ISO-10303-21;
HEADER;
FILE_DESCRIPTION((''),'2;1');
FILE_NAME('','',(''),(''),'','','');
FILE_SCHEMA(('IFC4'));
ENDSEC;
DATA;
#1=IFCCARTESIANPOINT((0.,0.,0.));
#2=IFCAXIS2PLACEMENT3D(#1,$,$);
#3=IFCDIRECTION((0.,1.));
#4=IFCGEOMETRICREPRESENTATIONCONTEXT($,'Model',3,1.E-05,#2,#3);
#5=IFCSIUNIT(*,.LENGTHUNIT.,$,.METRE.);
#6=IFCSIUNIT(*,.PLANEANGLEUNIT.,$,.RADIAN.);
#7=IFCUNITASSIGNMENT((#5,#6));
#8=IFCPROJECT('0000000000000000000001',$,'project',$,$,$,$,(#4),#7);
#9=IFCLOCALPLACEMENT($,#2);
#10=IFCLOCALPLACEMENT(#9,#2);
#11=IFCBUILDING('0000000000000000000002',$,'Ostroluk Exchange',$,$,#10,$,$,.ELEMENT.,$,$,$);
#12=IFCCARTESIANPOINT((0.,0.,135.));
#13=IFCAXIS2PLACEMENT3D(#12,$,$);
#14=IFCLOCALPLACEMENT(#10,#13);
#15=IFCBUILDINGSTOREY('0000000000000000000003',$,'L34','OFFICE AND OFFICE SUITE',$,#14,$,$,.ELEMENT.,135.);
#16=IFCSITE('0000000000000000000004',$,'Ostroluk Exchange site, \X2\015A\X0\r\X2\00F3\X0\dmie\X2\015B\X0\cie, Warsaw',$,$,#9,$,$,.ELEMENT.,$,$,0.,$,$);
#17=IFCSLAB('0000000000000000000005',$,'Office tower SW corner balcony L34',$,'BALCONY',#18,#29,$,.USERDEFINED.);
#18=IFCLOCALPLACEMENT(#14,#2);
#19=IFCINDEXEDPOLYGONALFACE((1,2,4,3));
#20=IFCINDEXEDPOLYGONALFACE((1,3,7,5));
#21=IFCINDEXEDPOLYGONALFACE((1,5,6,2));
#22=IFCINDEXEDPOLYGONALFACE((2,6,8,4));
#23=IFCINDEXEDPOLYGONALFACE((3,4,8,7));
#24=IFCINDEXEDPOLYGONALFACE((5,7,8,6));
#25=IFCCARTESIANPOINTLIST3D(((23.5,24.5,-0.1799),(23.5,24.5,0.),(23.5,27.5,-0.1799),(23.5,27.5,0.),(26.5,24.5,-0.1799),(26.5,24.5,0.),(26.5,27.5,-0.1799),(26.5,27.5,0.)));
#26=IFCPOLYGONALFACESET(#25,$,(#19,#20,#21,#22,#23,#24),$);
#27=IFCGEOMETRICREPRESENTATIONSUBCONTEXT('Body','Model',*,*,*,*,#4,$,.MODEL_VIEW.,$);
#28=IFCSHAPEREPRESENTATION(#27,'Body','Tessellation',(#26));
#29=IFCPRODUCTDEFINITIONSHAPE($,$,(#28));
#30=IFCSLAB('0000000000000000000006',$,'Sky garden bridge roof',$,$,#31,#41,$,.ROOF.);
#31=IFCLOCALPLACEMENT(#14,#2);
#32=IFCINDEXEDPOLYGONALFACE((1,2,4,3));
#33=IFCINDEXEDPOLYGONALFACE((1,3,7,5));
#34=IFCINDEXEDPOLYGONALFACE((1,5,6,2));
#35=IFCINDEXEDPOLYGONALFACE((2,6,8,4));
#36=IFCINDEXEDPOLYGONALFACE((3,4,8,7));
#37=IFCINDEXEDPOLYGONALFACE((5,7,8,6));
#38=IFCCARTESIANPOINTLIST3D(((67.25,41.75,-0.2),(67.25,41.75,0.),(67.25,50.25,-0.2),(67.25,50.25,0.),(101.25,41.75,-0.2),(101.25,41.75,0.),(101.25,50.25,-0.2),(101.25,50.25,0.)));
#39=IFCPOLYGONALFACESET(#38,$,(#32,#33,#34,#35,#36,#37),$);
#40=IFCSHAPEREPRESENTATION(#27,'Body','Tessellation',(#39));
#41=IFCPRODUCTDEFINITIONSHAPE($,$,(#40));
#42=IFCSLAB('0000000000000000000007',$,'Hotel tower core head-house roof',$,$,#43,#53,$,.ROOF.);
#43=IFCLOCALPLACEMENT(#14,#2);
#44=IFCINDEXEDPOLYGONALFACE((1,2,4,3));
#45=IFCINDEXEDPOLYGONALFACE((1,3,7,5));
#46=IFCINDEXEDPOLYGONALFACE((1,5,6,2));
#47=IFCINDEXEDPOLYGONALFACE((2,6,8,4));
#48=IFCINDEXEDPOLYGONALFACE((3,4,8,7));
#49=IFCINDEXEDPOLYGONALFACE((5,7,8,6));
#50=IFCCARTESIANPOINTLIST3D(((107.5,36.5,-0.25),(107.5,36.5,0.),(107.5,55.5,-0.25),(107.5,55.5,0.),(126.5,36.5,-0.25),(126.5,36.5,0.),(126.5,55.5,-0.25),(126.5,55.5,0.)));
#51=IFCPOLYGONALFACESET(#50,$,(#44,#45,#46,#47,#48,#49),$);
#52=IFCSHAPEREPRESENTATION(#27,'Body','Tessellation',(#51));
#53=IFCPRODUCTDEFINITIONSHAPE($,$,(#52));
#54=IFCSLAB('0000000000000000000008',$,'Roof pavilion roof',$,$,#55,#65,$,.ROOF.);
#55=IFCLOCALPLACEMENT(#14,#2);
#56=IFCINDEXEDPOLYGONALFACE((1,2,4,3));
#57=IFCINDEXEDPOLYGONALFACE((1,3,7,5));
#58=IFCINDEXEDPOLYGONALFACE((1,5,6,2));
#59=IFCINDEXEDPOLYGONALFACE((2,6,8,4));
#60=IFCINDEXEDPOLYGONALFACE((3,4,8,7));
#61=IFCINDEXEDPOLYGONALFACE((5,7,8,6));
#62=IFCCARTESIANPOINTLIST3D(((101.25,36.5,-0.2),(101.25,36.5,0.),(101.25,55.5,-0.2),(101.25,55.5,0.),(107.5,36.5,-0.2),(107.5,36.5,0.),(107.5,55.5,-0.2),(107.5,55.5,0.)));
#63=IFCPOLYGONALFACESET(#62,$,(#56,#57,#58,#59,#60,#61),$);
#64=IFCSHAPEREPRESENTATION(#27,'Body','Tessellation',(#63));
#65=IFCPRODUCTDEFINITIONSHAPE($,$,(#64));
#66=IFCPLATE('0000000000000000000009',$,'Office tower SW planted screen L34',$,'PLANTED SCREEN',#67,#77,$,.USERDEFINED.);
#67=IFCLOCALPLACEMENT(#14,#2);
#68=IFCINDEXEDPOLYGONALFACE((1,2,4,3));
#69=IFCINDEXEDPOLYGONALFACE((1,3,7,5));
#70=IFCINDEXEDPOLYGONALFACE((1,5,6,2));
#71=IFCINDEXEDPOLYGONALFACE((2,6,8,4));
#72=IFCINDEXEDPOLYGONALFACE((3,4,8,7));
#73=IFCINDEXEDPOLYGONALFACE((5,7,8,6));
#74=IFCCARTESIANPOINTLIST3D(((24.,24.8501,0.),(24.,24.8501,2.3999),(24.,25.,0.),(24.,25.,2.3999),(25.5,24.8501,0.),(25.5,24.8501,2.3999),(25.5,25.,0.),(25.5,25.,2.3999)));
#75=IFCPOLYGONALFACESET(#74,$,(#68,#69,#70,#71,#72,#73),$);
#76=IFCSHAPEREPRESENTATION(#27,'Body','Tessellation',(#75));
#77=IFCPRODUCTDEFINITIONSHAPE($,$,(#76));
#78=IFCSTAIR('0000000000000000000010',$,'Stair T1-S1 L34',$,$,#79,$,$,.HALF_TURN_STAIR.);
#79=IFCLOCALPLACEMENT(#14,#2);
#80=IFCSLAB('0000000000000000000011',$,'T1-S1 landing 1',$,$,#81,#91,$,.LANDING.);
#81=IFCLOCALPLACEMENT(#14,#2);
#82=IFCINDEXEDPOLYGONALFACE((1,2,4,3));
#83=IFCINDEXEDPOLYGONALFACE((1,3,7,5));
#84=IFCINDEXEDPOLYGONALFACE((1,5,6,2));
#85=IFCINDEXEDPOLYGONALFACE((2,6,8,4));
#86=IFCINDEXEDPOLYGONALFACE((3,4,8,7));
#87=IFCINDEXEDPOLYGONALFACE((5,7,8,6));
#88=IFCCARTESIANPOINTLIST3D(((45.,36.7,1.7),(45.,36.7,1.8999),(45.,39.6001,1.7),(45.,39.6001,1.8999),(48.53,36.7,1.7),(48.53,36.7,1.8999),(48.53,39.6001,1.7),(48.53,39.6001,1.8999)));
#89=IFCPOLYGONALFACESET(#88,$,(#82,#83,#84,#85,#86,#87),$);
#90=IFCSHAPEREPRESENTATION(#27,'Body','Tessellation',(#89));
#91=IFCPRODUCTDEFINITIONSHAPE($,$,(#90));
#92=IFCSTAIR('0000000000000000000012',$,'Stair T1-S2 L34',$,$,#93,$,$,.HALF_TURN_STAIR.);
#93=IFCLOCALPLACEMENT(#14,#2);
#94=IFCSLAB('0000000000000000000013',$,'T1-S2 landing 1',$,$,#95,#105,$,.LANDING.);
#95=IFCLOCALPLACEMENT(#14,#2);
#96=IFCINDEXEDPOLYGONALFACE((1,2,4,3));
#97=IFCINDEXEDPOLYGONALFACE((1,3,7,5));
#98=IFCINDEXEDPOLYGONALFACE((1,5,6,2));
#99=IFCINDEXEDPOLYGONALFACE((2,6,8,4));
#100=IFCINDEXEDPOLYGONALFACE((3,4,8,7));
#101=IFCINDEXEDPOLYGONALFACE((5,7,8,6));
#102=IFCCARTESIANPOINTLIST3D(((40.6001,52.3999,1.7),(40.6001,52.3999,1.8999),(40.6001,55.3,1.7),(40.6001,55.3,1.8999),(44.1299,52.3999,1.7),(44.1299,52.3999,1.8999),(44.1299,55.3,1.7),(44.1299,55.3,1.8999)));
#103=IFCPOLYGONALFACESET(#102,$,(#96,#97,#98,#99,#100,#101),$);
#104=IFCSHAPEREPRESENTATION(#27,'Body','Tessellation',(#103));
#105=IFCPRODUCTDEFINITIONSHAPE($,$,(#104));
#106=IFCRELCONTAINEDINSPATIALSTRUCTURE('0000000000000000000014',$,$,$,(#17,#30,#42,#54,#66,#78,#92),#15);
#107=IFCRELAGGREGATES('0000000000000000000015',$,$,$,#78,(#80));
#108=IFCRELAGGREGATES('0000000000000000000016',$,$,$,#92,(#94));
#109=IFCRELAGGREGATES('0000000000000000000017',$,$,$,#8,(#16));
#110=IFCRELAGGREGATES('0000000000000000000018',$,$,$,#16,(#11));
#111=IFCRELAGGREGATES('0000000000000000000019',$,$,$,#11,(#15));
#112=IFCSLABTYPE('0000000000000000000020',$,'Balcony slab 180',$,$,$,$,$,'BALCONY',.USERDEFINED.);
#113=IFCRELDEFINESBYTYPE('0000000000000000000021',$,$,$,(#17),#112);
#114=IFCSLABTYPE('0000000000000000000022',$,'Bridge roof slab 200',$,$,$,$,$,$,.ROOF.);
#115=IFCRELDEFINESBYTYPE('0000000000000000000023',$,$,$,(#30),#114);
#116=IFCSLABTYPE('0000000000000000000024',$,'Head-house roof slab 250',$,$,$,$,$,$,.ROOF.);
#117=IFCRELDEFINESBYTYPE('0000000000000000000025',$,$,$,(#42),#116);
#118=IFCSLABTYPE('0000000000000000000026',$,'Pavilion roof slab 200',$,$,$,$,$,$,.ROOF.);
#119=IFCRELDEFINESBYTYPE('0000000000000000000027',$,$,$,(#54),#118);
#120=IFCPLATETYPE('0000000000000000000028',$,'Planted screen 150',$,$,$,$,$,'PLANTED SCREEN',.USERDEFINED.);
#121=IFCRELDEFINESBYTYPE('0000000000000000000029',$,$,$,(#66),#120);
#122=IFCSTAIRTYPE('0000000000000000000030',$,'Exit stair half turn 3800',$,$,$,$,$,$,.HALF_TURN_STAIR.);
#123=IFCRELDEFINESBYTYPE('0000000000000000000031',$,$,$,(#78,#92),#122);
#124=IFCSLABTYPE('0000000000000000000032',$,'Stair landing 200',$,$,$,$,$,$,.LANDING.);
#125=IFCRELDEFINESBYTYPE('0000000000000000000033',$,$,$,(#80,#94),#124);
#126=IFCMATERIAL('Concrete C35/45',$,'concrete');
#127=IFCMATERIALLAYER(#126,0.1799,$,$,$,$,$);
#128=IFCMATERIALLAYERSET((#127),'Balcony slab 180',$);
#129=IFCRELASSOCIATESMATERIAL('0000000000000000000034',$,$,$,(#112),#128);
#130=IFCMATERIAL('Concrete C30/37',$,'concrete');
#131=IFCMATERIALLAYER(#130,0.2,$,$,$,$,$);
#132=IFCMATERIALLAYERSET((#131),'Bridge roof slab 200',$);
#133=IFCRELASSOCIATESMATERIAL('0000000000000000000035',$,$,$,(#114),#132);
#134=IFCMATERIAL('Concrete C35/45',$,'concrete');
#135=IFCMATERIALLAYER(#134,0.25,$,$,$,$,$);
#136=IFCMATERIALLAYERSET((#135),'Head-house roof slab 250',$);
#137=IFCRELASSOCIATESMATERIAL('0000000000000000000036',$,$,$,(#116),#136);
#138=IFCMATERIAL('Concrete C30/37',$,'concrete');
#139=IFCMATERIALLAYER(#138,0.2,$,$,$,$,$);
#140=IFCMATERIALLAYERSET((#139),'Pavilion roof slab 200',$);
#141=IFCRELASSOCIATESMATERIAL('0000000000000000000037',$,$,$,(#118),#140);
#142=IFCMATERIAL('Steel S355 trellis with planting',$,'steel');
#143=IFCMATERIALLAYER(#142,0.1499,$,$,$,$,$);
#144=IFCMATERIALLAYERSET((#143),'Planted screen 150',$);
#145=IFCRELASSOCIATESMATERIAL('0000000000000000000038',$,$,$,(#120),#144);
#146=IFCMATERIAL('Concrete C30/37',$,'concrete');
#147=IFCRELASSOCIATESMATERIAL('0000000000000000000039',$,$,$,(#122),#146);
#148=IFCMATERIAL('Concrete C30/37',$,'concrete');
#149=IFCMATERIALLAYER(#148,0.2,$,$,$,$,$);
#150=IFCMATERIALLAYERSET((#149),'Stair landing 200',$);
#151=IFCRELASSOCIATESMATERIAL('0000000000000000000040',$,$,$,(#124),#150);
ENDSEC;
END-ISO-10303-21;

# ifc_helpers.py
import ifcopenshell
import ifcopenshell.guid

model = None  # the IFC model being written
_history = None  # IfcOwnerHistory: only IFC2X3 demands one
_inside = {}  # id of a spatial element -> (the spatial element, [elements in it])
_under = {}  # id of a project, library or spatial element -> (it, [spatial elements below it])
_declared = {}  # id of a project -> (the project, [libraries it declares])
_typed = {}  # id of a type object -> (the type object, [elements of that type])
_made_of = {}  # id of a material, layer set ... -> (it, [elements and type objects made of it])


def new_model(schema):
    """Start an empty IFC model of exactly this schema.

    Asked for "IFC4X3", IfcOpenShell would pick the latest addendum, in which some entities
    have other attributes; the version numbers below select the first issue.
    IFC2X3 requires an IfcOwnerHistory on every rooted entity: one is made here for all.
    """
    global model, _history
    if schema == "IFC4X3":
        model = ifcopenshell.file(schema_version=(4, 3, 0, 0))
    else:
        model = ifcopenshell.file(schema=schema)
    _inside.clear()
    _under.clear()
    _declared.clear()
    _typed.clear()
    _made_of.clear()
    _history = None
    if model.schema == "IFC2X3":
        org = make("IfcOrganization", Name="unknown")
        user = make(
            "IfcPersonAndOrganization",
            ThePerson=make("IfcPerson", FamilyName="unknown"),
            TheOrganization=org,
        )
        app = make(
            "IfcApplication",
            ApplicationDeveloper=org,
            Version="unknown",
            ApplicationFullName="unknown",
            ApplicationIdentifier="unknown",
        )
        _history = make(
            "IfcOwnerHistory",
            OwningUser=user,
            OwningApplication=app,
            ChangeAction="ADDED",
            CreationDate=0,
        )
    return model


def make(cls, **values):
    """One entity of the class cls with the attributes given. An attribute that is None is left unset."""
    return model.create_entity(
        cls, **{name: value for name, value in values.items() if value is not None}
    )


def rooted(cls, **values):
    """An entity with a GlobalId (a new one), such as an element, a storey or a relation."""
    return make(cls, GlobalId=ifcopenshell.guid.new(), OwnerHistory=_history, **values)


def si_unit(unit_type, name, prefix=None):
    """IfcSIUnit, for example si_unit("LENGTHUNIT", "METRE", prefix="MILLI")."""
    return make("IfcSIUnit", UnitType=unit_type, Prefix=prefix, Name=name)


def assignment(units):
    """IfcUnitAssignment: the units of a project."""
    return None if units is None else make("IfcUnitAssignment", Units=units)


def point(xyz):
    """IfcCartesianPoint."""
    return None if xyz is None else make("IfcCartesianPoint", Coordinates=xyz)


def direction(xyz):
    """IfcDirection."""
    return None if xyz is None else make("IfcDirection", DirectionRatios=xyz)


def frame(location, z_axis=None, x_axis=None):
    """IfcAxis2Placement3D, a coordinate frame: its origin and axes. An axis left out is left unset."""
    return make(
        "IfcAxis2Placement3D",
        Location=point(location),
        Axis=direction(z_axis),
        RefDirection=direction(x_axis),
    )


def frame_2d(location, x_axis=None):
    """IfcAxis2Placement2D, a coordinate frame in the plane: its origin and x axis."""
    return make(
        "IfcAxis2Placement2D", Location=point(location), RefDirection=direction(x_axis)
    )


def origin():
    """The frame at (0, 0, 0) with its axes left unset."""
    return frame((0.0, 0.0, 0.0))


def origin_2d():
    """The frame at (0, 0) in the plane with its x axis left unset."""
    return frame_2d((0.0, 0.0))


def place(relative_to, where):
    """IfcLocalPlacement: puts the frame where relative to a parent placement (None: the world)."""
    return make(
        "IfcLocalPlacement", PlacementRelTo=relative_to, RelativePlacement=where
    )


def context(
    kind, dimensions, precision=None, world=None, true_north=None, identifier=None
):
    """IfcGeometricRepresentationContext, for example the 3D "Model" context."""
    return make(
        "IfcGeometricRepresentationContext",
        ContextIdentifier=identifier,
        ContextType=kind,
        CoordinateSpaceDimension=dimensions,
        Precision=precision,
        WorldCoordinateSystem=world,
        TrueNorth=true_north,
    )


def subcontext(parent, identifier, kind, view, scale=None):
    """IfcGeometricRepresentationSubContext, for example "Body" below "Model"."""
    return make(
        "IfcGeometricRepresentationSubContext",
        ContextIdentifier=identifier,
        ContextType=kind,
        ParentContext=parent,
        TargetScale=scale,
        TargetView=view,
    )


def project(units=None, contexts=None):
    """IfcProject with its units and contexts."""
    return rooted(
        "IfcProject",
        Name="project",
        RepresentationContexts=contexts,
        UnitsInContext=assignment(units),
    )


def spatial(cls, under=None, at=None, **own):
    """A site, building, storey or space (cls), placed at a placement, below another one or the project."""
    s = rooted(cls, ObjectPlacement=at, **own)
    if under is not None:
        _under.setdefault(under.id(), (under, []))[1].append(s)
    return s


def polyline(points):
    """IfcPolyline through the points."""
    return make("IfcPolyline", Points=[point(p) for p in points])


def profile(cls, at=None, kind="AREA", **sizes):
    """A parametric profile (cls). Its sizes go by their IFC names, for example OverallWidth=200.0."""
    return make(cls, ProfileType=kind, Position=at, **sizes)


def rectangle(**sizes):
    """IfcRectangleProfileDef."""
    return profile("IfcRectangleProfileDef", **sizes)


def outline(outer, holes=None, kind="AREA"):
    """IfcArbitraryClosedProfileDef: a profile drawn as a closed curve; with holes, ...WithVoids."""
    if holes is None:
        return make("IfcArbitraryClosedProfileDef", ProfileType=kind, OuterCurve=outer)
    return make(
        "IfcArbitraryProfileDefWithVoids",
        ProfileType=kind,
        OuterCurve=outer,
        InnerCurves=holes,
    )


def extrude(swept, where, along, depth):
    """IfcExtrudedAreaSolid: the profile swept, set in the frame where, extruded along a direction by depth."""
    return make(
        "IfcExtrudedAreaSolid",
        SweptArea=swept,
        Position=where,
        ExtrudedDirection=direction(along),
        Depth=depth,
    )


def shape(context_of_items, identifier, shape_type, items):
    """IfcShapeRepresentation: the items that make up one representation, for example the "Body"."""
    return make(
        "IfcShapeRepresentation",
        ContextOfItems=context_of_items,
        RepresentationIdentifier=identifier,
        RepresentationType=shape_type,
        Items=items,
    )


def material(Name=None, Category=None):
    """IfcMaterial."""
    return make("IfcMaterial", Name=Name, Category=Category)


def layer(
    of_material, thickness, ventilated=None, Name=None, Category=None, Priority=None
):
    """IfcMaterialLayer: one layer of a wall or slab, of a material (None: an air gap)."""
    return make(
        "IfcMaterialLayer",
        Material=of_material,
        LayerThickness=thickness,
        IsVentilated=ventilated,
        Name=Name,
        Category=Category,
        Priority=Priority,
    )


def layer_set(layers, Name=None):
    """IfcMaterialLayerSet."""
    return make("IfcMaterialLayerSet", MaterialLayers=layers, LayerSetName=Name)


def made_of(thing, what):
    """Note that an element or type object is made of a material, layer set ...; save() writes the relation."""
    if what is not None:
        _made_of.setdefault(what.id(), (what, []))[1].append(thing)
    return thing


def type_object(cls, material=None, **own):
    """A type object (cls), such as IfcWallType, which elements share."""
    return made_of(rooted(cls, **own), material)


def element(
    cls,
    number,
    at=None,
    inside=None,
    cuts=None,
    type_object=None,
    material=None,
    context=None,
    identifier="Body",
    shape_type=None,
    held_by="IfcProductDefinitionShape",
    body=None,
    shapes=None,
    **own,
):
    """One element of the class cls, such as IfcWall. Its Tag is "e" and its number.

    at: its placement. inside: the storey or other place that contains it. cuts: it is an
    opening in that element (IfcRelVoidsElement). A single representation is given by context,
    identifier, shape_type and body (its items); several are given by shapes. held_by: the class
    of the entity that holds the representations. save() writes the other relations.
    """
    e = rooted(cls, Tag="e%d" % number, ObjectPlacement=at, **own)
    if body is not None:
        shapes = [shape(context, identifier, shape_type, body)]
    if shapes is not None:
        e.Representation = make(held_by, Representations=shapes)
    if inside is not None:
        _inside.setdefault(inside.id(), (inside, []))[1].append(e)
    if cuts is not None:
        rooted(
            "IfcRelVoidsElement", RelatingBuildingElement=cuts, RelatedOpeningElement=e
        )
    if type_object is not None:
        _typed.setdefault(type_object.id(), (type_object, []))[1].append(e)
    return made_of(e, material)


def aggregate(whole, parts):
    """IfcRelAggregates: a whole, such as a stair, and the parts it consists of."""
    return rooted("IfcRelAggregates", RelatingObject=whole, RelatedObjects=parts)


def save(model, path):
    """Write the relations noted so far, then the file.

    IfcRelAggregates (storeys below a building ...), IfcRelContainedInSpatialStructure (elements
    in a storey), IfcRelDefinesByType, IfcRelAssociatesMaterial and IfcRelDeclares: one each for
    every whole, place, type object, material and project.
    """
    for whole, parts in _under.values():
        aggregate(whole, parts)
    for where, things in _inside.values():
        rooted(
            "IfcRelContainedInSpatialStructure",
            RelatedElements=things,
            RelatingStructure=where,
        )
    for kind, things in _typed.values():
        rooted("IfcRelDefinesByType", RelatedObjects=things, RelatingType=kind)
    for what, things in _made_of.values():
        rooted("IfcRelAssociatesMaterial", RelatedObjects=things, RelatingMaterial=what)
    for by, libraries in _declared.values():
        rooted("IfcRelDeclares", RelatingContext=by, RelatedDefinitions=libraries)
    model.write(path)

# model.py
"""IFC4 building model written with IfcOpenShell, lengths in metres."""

from ifc_helpers import new_model, si_unit, direction, frame, origin, origin_2d, place, context, subcontext, project, spatial, polyline, rectangle, outline, extrude, material, layer, layer_set, type_object, element, aggregate, save


model = new_model("IFC4")

# Units and contexts
model_context = context("Model", 3, precision=1e-05, world=origin(), true_north=direction((0.0, 1.0)))
body_context = subcontext(model_context, "Body", "Model", "MODEL_VIEW")
ifc_project = project(units=[si_unit("LENGTHUNIT", "METRE"), si_unit("PLANEANGLEUNIT", "RADIAN")], contexts=[model_context])

# Site, building, storey
site_placement = place(None, origin())
site = spatial("IfcSite", under=ifc_project, at=site_placement, Name="Ostroluk Exchange site, Śródmieście, Warsaw", CompositionType="ELEMENT", RefElevation=0.0)
building_placement = place(site_placement, origin())
building = spatial("IfcBuilding", under=site, at=building_placement, Name="Ostroluk Exchange", CompositionType="ELEMENT")
storey_placement = place(building_placement, frame((0.0, 0.0, 135.0)))
storey = spatial("IfcBuildingStorey", under=building, at=storey_placement, Name="L34", Description="OFFICE AND OFFICE SUITE", CompositionType="ELEMENT", Elevation=135.0)

# Slabs
ifc_material_1 = material(Name="Concrete C35/45", Category="concrete")
ifc_layer_1 = layer(ifc_material_1, 0.1799)
ifc_layer_set_1 = layer_set([ifc_layer_1], Name="Balcony slab 180")
slab_type_1 = type_object("IfcSlabType", Name="Balcony slab 180", ElementType="BALCONY", PredefinedType="USERDEFINED", material=ifc_layer_set_1)
slab_1_placement = place(storey_placement, frame((0.0, 0.0, -0.1799)))
element("IfcSlab", 1, at=slab_1_placement, inside=storey, type_object=slab_type_1, Name="Office tower SW corner balcony L34", ObjectType="BALCONY", PredefinedType="USERDEFINED", context=body_context, shape_type="SweptSolid", body=[
    extrude(outline(polyline([(23.5, 24.5), (26.5, 24.5), (26.5, 27.5), (23.5, 27.5), (23.5, 24.5)])), origin(), (0.0, 0.0, 1.0), 0.1799),
])
ifc_material_2 = material(Name="Concrete C30/37", Category="concrete")
ifc_layer_2 = layer(ifc_material_2, 0.2)
ifc_layer_set_2 = layer_set([ifc_layer_2], Name="Bridge roof slab 200")
slab_type_2 = type_object("IfcSlabType", Name="Bridge roof slab 200", PredefinedType="ROOF", material=ifc_layer_set_2)
slab_2_placement = place(storey_placement, frame((0.0, 0.0, -0.2)))
element("IfcSlab", 2, at=slab_2_placement, inside=storey, type_object=slab_type_2, Name="Sky garden bridge roof", PredefinedType="ROOF", context=body_context, shape_type="SweptSolid", body=[
    extrude(outline(polyline([(67.25, 41.75), (101.25, 41.75), (101.25, 50.25), (67.25, 50.25), (67.25, 41.75)])), origin(), (0.0, 0.0, 1.0), 0.2),
])
ifc_material_3 = material(Name="Concrete C35/45", Category="concrete")
ifc_layer_3 = layer(ifc_material_3, 0.25)
ifc_layer_set_3 = layer_set([ifc_layer_3], Name="Head-house roof slab 250")
slab_type_3 = type_object("IfcSlabType", Name="Head-house roof slab 250", PredefinedType="ROOF", material=ifc_layer_set_3)
slab_3_placement = place(storey_placement, frame((0.0, 0.0, -0.25)))
element("IfcSlab", 3, at=slab_3_placement, inside=storey, type_object=slab_type_3, Name="Hotel tower core head-house roof", PredefinedType="ROOF", context=body_context, shape_type="SweptSolid", body=[
    extrude(outline(polyline([(107.5, 36.5), (126.5, 36.5), (126.5, 55.5), (107.5, 55.5), (107.5, 36.5)])), origin(), (0.0, 0.0, 1.0), 0.25),
])
ifc_material_4 = material(Name="Concrete C30/37", Category="concrete")
ifc_layer_4 = layer(ifc_material_4, 0.2)
ifc_layer_set_4 = layer_set([ifc_layer_4], Name="Pavilion roof slab 200")
slab_type_4 = type_object("IfcSlabType", Name="Pavilion roof slab 200", PredefinedType="ROOF", material=ifc_layer_set_4)
slab_4_placement = place(storey_placement, frame((0.0, 0.0, -0.2)))
element("IfcSlab", 4, at=slab_4_placement, inside=storey, type_object=slab_type_4, Name="Roof pavilion roof", PredefinedType="ROOF", context=body_context, shape_type="SweptSolid", body=[
    extrude(outline(polyline([(101.25, 36.5), (107.5, 36.5), (107.5, 55.5), (101.25, 55.5), (101.25, 36.5)])), origin(), (0.0, 0.0, 1.0), 0.2),
])

# Plate
ifc_material_5 = material(Name="Steel S355 trellis with planting", Category="steel")
ifc_layer_5 = layer(ifc_material_5, 0.1499)
ifc_layer_set_5 = layer_set([ifc_layer_5], Name="Planted screen 150")
plate_type = type_object("IfcPlateType", Name="Planted screen 150", ElementType="PLANTED SCREEN", PredefinedType="USERDEFINED", material=ifc_layer_set_5)
plate_placement = place(storey_placement, frame((24.75, 24.925, 0.0), z_axis=(0.0, 0.0, 1.0), x_axis=(1.0, 0.0, 0.0)))
element("IfcPlate", 5, at=plate_placement, inside=storey, type_object=plate_type, Name="Office tower SW planted screen L34", ObjectType="PLANTED SCREEN", PredefinedType="USERDEFINED", context=body_context, shape_type="SweptSolid", body=[
    extrude(rectangle(XDim=1.5, YDim=0.1499, at=origin_2d()), origin(), (0.0, 0.0, 1.0), 2.3999),
])

# Stairs, slabs
ifc_material_6 = material(Name="Concrete C30/37", Category="concrete")
stair_type = type_object("IfcStairType", Name="Exit stair half turn 3800", PredefinedType="HALF_TURN_STAIR", material=ifc_material_6)
stair_1_placement = place(storey_placement, origin())
stair_1 = element("IfcStair", 6, at=stair_1_placement, inside=storey, type_object=stair_type, Name="Stair T1-S1 L34", PredefinedType="HALF_TURN_STAIR")
ifc_material_7 = material(Name="Concrete C30/37", Category="concrete")
ifc_layer_6 = layer(ifc_material_7, 0.2)
ifc_layer_set_6 = layer_set([ifc_layer_6], Name="Stair landing 200")
slab_type_5 = type_object("IfcSlabType", Name="Stair landing 200", PredefinedType="LANDING", material=ifc_layer_set_6)
slab_5_placement = place(storey_placement, frame((0.0, 0.0, 1.7)))
slab_5 = element("IfcSlab", 7, at=slab_5_placement, type_object=slab_type_5, Name="T1-S1 landing 1", PredefinedType="LANDING", context=body_context, shape_type="SweptSolid", body=[
    extrude(outline(polyline([(45.0, 36.7), (45.0, 39.6001), (48.53, 39.6001), (48.53, 36.7), (45.0, 36.7)])), origin(), (0.0, 0.0, 1.0), 0.2),
])
aggregate(stair_1, [slab_5])
stair_2_placement = place(storey_placement, origin())
stair_2 = element("IfcStair", 8, at=stair_2_placement, inside=storey, type_object=stair_type, Name="Stair T1-S2 L34", PredefinedType="HALF_TURN_STAIR")
slab_6_placement = place(storey_placement, frame((0.0, 0.0, 1.7)))
slab_6 = element("IfcSlab", 9, at=slab_6_placement, type_object=slab_type_5, Name="T1-S2 landing 1", PredefinedType="LANDING", context=body_context, shape_type="SweptSolid", body=[
    extrude(outline(polyline([(44.1299, 52.3999), (44.1299, 55.3), (40.6001, 55.3), (40.6001, 52.3999), (44.1299, 52.3999)])), origin(), (0.0, 0.0, 1.0), 0.2),
])
aggregate(stair_2, [slab_6])

save(model, "model.ifc")
